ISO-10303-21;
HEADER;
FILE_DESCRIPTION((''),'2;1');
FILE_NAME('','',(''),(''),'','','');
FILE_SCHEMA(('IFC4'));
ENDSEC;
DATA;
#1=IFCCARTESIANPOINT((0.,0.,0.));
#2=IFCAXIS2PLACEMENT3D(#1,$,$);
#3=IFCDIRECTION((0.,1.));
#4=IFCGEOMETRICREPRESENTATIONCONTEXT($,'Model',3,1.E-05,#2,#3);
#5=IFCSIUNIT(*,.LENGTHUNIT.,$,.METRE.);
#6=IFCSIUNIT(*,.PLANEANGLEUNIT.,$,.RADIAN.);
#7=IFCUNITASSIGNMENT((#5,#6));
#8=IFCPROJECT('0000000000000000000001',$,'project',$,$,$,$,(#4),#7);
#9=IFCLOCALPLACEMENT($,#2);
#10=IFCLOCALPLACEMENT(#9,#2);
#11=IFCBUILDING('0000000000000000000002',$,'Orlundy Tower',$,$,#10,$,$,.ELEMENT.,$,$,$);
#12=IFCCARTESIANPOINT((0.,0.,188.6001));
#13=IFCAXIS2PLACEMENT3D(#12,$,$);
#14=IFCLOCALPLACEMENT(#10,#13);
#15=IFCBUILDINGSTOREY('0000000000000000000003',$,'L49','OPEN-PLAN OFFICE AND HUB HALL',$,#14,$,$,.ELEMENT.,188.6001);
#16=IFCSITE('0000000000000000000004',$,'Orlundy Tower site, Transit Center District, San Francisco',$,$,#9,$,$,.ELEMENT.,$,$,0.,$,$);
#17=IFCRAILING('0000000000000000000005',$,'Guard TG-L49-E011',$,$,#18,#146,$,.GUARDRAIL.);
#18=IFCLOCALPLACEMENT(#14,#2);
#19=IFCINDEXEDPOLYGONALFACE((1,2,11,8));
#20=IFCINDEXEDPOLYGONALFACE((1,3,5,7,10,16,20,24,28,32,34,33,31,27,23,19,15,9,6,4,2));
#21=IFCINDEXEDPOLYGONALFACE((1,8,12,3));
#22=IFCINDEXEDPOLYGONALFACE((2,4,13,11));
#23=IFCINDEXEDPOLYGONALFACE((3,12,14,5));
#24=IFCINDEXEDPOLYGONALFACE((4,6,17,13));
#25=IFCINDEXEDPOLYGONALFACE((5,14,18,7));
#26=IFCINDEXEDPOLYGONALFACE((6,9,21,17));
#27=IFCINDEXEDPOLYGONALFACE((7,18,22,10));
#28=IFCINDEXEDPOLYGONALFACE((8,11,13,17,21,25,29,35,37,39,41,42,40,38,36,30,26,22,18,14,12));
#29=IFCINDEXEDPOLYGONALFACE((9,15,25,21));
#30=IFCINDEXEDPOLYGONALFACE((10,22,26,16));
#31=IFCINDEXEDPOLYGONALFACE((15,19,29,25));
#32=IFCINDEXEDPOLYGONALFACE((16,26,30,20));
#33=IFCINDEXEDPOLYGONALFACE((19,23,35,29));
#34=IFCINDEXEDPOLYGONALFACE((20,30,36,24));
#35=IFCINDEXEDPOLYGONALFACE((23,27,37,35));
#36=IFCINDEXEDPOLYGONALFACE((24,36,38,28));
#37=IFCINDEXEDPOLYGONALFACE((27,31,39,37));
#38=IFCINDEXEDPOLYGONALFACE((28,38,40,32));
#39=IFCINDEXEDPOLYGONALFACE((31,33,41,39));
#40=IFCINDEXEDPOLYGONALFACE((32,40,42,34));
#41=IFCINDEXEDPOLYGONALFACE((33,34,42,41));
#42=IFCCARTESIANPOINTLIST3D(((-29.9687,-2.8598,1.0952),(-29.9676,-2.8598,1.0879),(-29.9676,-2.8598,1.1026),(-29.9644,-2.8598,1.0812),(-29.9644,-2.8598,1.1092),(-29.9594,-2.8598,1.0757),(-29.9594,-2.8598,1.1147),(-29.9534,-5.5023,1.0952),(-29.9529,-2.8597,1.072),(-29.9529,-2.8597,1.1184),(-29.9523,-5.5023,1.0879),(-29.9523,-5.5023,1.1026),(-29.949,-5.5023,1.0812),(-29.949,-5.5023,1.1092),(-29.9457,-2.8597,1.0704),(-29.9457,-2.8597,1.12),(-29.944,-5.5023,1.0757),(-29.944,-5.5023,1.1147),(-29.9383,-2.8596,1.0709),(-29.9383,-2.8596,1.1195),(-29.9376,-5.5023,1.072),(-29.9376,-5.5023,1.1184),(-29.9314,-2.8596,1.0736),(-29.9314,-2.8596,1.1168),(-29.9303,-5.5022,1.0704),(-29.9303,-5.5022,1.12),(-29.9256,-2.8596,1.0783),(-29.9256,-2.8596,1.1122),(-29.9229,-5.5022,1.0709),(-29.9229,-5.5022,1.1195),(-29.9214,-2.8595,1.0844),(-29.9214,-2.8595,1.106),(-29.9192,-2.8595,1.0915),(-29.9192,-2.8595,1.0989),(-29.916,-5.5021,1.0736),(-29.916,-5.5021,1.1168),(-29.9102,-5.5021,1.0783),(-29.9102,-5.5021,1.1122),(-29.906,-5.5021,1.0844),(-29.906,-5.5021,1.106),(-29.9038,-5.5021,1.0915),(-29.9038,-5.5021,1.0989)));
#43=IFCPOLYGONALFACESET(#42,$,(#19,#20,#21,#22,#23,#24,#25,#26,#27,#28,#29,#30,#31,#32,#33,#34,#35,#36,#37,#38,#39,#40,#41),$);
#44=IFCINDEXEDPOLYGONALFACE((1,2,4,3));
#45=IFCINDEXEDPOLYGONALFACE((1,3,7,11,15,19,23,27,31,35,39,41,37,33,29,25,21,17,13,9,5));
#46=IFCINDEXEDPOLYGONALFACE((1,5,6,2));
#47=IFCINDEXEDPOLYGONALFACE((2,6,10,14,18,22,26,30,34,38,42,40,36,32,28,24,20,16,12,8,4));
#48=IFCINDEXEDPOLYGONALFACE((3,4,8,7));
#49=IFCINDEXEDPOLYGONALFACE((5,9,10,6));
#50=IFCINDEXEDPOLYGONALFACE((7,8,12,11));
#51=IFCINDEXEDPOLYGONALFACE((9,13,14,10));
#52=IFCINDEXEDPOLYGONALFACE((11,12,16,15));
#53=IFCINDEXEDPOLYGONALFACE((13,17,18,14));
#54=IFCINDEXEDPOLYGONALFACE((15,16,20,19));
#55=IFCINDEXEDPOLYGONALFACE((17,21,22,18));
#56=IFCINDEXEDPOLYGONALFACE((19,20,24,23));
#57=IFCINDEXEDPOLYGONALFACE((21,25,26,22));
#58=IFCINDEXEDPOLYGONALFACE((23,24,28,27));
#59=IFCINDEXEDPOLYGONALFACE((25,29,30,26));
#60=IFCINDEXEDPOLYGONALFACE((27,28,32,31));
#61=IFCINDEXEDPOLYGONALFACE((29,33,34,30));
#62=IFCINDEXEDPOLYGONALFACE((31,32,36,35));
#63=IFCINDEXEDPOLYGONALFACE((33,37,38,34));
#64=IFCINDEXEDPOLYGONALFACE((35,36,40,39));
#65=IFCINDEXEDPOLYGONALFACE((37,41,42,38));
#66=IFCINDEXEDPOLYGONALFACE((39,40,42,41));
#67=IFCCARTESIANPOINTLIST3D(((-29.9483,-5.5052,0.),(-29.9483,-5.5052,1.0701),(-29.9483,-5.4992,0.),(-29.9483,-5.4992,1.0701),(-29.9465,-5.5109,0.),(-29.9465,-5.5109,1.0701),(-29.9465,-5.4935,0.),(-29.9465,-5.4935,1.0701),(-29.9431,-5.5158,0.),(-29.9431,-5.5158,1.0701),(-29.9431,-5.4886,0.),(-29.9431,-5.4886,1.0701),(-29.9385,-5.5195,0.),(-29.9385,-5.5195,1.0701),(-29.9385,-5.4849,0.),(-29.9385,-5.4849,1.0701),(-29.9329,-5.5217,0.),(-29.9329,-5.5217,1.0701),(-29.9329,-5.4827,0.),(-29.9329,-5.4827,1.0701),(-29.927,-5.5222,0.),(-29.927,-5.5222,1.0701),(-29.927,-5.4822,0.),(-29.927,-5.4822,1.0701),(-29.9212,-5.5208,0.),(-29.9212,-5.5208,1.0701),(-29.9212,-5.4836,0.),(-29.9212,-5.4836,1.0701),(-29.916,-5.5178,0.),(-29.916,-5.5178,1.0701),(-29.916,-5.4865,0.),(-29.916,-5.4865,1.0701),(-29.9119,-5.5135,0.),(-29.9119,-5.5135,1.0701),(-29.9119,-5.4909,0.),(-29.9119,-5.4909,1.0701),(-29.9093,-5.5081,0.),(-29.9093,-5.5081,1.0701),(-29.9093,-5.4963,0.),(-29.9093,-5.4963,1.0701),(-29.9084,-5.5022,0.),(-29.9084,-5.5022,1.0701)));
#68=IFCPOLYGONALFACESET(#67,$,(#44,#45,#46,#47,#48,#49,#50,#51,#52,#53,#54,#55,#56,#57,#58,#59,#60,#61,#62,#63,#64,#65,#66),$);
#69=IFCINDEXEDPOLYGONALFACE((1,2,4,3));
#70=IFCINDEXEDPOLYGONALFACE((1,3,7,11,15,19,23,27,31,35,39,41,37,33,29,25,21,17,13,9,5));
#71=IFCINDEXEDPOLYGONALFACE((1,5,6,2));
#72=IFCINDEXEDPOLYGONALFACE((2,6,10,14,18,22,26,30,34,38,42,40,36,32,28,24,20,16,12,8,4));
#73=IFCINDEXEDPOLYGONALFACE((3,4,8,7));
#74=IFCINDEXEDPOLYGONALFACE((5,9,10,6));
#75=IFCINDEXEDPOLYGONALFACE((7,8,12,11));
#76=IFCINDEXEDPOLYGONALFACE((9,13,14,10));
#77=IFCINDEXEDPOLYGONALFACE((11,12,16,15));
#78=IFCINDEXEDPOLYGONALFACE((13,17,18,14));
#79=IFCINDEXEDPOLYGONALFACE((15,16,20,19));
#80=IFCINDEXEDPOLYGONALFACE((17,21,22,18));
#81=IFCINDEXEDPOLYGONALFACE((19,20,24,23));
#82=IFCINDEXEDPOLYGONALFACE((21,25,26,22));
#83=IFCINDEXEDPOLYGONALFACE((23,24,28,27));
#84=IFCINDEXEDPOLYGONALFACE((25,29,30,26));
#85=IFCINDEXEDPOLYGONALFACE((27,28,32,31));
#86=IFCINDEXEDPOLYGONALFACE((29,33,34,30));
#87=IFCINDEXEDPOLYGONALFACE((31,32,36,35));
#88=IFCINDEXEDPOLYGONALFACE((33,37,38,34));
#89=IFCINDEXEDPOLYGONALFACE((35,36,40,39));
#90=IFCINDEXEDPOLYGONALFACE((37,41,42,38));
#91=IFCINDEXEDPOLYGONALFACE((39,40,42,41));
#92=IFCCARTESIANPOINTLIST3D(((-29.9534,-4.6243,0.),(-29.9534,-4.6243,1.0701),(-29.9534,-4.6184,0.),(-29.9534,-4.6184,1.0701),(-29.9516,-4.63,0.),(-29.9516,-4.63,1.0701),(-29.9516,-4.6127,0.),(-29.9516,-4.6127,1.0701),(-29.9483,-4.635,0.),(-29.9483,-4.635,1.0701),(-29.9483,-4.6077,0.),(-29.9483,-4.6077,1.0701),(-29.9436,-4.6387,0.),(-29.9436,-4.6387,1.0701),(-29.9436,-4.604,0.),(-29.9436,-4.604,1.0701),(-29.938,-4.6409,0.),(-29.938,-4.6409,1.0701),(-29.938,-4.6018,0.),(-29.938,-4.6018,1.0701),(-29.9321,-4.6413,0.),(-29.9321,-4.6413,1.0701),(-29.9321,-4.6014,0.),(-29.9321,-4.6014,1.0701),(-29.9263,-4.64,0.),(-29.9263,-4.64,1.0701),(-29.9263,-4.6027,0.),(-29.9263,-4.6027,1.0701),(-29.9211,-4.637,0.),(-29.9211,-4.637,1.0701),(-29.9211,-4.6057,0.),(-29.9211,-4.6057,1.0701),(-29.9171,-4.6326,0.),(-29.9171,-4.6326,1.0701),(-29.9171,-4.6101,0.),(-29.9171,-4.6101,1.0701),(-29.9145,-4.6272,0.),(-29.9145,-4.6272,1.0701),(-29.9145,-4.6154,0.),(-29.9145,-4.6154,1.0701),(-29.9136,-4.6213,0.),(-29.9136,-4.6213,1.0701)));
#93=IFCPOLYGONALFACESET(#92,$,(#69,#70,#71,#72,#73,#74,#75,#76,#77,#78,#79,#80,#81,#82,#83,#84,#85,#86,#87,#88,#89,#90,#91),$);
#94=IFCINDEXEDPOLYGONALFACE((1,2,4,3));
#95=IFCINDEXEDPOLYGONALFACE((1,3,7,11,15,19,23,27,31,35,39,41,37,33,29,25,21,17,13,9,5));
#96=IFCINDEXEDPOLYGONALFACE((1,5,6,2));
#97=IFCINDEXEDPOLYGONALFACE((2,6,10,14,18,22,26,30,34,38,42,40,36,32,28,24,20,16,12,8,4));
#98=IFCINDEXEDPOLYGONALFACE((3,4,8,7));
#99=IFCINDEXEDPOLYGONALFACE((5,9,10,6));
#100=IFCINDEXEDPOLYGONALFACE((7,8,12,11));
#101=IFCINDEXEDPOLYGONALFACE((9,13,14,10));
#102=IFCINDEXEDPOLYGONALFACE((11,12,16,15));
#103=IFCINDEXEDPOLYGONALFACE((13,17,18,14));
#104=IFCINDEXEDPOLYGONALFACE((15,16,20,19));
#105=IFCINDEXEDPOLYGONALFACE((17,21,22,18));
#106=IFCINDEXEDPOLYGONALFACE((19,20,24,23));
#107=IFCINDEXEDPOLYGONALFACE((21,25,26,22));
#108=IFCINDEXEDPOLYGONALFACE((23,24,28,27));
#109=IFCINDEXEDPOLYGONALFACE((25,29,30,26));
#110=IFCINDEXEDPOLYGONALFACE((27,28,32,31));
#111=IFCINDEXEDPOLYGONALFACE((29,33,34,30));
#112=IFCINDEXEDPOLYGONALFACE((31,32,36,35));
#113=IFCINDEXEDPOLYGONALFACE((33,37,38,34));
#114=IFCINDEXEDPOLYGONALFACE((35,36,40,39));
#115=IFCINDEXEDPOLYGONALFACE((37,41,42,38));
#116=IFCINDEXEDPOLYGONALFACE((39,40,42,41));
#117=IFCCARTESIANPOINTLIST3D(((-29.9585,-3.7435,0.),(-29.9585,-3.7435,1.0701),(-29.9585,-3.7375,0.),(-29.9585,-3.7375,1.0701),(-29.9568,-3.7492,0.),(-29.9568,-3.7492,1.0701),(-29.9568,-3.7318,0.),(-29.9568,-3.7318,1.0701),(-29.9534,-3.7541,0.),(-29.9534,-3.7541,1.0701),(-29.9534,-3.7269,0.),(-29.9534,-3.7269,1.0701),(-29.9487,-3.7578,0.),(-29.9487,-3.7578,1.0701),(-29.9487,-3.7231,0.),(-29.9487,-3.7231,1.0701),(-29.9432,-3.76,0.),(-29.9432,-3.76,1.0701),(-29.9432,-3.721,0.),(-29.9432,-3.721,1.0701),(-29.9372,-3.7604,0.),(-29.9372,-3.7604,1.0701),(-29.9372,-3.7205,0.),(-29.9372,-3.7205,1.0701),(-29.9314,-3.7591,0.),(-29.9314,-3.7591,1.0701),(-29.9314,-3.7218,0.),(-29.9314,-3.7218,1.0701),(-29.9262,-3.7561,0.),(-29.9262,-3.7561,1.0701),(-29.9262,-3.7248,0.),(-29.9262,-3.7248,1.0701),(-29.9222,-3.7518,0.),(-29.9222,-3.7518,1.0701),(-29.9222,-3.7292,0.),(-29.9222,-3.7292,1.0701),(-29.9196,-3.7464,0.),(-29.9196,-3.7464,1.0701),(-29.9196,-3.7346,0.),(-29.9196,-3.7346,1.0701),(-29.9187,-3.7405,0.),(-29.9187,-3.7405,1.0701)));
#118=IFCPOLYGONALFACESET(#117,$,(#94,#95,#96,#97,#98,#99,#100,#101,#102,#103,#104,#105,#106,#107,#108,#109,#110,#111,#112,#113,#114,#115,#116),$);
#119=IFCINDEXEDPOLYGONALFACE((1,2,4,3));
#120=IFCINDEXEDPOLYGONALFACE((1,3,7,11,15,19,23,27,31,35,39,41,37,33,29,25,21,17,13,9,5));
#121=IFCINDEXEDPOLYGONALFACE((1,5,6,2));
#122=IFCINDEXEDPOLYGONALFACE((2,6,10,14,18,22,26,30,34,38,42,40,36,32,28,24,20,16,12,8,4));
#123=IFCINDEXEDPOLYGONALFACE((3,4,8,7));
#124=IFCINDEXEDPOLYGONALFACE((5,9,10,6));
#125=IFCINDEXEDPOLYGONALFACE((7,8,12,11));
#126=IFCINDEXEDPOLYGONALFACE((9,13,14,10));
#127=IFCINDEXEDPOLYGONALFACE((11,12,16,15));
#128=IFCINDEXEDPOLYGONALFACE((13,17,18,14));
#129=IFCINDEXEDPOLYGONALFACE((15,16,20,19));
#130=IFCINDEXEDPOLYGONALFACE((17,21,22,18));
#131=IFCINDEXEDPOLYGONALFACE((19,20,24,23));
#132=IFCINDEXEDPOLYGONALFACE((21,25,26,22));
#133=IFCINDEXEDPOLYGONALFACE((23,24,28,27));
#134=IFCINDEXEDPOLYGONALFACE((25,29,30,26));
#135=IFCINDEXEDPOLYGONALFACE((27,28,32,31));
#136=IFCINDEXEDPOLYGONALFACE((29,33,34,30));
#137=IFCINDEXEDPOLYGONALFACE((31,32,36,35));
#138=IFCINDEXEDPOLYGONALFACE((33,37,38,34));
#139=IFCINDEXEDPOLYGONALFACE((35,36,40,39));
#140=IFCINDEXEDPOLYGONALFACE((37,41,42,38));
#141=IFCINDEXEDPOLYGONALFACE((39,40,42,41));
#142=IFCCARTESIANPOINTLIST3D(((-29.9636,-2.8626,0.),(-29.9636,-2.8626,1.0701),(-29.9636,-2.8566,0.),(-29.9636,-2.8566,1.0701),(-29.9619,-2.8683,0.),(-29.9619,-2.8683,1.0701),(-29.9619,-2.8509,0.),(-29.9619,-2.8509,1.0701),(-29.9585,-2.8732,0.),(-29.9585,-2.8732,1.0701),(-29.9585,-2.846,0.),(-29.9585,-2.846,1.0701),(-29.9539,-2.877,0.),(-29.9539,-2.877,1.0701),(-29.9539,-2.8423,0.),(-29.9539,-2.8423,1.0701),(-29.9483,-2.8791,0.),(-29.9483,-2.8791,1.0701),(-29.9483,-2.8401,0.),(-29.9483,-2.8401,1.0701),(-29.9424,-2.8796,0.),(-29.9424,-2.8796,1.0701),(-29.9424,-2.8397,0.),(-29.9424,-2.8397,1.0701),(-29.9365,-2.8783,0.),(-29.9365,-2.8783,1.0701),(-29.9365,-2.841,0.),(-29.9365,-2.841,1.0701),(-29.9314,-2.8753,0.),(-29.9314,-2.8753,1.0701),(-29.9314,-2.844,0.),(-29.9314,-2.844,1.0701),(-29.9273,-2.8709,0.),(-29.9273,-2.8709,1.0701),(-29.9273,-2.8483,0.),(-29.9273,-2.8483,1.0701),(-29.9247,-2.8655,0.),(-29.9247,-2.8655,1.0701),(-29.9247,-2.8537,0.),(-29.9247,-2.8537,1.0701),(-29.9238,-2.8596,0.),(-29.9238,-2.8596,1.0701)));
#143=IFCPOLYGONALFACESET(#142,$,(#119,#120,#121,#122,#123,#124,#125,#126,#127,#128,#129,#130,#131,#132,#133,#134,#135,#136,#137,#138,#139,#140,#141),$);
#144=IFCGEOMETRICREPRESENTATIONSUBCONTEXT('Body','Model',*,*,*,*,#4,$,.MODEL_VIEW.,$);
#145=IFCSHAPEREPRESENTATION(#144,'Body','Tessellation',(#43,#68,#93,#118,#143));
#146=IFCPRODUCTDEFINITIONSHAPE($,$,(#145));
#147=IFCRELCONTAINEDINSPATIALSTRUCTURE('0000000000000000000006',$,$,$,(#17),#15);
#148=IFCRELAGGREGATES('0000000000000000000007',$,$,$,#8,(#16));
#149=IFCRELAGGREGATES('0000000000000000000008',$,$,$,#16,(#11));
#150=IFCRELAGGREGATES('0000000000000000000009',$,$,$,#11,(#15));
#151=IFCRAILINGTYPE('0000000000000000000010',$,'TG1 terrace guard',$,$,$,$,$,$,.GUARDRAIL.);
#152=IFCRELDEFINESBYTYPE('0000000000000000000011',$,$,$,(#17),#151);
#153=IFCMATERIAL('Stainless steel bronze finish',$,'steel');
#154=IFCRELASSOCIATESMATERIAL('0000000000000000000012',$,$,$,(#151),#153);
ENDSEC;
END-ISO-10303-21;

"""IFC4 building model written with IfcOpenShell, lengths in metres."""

from ifc_helpers import new_model, si_unit, direction, frame, origin, origin_2d, place, context, subcontext, project, spatial, circle, extrude, material, type_object, element, save


model = new_model("IFC4")

# Units and contexts
model_context = context("Model", 3, precision=1e-05, world=origin(), true_north=direction((0.0, 1.0)))
body_context = subcontext(model_context, "Body", "Model", "MODEL_VIEW")
ifc_project = project(units=[si_unit("LENGTHUNIT", "METRE"), si_unit("PLANEANGLEUNIT", "RADIAN")], contexts=[model_context])

# Site, building, storey
site_placement = place(None, origin())
site = spatial("IfcSite", under=ifc_project, at=site_placement, Name="Orlundy Tower site, Transit Center District, San Francisco", CompositionType="ELEMENT", RefElevation=0.0)
building_placement = place(site_placement, origin())
building = spatial("IfcBuilding", under=site, at=building_placement, Name="Orlundy Tower", CompositionType="ELEMENT")
storey_placement = place(building_placement, frame((0.0, 0.0, 188.6001)))
storey = spatial("IfcBuildingStorey", under=building, at=storey_placement, Name="L49", Description="OPEN-PLAN OFFICE AND HUB HALL", CompositionType="ELEMENT", Elevation=188.6001)

# Railing
ifc_material_1 = material(Name="Stainless steel bronze finish", Category="steel")
railing_type_1 = type_object("IfcRailingType", Name="TG1 terrace guard", PredefinedType="GUARDRAIL", material=ifc_material_1)
railing_1_placement = place(storey_placement, frame((-29.9285, -5.5022, 0.0)))
element("IfcRailing", 1, at=railing_1_placement, inside=storey, type_object=railing_type_1, Name="Guard TG-L49-E011", PredefinedType="GUARDRAIL", context=body_context, shape_type="SweptSolid", body=[
    extrude(circle(Radius=0.0249, at=origin_2d()), frame((0.0, 0.0, 1.0952), z_axis=(-0.00582, 0.999983, 0.0), x_axis=(-0.999983, -0.00582, 0.0)), (0.0, 0.0, 1.0), 2.6426),
    extrude(circle(Radius=0.02, at=origin_2d()), origin(), (0.0, 0.0, 1.0), 1.0701),
    extrude(circle(Radius=0.02, at=origin_2d()), frame((-0.0051, 0.8809, 0.0)), (0.0, 0.0, 1.0), 1.0701),
    extrude(circle(Radius=0.02, at=origin_2d()), frame((-0.0103, 1.7617, 0.0)), (0.0, 0.0, 1.0), 1.0701),
    extrude(circle(Radius=0.02, at=origin_2d()), frame((-0.0154, 2.6426, 0.0)), (0.0, 0.0, 1.0), 1.0701),
])

save(model, "model.ifc")
